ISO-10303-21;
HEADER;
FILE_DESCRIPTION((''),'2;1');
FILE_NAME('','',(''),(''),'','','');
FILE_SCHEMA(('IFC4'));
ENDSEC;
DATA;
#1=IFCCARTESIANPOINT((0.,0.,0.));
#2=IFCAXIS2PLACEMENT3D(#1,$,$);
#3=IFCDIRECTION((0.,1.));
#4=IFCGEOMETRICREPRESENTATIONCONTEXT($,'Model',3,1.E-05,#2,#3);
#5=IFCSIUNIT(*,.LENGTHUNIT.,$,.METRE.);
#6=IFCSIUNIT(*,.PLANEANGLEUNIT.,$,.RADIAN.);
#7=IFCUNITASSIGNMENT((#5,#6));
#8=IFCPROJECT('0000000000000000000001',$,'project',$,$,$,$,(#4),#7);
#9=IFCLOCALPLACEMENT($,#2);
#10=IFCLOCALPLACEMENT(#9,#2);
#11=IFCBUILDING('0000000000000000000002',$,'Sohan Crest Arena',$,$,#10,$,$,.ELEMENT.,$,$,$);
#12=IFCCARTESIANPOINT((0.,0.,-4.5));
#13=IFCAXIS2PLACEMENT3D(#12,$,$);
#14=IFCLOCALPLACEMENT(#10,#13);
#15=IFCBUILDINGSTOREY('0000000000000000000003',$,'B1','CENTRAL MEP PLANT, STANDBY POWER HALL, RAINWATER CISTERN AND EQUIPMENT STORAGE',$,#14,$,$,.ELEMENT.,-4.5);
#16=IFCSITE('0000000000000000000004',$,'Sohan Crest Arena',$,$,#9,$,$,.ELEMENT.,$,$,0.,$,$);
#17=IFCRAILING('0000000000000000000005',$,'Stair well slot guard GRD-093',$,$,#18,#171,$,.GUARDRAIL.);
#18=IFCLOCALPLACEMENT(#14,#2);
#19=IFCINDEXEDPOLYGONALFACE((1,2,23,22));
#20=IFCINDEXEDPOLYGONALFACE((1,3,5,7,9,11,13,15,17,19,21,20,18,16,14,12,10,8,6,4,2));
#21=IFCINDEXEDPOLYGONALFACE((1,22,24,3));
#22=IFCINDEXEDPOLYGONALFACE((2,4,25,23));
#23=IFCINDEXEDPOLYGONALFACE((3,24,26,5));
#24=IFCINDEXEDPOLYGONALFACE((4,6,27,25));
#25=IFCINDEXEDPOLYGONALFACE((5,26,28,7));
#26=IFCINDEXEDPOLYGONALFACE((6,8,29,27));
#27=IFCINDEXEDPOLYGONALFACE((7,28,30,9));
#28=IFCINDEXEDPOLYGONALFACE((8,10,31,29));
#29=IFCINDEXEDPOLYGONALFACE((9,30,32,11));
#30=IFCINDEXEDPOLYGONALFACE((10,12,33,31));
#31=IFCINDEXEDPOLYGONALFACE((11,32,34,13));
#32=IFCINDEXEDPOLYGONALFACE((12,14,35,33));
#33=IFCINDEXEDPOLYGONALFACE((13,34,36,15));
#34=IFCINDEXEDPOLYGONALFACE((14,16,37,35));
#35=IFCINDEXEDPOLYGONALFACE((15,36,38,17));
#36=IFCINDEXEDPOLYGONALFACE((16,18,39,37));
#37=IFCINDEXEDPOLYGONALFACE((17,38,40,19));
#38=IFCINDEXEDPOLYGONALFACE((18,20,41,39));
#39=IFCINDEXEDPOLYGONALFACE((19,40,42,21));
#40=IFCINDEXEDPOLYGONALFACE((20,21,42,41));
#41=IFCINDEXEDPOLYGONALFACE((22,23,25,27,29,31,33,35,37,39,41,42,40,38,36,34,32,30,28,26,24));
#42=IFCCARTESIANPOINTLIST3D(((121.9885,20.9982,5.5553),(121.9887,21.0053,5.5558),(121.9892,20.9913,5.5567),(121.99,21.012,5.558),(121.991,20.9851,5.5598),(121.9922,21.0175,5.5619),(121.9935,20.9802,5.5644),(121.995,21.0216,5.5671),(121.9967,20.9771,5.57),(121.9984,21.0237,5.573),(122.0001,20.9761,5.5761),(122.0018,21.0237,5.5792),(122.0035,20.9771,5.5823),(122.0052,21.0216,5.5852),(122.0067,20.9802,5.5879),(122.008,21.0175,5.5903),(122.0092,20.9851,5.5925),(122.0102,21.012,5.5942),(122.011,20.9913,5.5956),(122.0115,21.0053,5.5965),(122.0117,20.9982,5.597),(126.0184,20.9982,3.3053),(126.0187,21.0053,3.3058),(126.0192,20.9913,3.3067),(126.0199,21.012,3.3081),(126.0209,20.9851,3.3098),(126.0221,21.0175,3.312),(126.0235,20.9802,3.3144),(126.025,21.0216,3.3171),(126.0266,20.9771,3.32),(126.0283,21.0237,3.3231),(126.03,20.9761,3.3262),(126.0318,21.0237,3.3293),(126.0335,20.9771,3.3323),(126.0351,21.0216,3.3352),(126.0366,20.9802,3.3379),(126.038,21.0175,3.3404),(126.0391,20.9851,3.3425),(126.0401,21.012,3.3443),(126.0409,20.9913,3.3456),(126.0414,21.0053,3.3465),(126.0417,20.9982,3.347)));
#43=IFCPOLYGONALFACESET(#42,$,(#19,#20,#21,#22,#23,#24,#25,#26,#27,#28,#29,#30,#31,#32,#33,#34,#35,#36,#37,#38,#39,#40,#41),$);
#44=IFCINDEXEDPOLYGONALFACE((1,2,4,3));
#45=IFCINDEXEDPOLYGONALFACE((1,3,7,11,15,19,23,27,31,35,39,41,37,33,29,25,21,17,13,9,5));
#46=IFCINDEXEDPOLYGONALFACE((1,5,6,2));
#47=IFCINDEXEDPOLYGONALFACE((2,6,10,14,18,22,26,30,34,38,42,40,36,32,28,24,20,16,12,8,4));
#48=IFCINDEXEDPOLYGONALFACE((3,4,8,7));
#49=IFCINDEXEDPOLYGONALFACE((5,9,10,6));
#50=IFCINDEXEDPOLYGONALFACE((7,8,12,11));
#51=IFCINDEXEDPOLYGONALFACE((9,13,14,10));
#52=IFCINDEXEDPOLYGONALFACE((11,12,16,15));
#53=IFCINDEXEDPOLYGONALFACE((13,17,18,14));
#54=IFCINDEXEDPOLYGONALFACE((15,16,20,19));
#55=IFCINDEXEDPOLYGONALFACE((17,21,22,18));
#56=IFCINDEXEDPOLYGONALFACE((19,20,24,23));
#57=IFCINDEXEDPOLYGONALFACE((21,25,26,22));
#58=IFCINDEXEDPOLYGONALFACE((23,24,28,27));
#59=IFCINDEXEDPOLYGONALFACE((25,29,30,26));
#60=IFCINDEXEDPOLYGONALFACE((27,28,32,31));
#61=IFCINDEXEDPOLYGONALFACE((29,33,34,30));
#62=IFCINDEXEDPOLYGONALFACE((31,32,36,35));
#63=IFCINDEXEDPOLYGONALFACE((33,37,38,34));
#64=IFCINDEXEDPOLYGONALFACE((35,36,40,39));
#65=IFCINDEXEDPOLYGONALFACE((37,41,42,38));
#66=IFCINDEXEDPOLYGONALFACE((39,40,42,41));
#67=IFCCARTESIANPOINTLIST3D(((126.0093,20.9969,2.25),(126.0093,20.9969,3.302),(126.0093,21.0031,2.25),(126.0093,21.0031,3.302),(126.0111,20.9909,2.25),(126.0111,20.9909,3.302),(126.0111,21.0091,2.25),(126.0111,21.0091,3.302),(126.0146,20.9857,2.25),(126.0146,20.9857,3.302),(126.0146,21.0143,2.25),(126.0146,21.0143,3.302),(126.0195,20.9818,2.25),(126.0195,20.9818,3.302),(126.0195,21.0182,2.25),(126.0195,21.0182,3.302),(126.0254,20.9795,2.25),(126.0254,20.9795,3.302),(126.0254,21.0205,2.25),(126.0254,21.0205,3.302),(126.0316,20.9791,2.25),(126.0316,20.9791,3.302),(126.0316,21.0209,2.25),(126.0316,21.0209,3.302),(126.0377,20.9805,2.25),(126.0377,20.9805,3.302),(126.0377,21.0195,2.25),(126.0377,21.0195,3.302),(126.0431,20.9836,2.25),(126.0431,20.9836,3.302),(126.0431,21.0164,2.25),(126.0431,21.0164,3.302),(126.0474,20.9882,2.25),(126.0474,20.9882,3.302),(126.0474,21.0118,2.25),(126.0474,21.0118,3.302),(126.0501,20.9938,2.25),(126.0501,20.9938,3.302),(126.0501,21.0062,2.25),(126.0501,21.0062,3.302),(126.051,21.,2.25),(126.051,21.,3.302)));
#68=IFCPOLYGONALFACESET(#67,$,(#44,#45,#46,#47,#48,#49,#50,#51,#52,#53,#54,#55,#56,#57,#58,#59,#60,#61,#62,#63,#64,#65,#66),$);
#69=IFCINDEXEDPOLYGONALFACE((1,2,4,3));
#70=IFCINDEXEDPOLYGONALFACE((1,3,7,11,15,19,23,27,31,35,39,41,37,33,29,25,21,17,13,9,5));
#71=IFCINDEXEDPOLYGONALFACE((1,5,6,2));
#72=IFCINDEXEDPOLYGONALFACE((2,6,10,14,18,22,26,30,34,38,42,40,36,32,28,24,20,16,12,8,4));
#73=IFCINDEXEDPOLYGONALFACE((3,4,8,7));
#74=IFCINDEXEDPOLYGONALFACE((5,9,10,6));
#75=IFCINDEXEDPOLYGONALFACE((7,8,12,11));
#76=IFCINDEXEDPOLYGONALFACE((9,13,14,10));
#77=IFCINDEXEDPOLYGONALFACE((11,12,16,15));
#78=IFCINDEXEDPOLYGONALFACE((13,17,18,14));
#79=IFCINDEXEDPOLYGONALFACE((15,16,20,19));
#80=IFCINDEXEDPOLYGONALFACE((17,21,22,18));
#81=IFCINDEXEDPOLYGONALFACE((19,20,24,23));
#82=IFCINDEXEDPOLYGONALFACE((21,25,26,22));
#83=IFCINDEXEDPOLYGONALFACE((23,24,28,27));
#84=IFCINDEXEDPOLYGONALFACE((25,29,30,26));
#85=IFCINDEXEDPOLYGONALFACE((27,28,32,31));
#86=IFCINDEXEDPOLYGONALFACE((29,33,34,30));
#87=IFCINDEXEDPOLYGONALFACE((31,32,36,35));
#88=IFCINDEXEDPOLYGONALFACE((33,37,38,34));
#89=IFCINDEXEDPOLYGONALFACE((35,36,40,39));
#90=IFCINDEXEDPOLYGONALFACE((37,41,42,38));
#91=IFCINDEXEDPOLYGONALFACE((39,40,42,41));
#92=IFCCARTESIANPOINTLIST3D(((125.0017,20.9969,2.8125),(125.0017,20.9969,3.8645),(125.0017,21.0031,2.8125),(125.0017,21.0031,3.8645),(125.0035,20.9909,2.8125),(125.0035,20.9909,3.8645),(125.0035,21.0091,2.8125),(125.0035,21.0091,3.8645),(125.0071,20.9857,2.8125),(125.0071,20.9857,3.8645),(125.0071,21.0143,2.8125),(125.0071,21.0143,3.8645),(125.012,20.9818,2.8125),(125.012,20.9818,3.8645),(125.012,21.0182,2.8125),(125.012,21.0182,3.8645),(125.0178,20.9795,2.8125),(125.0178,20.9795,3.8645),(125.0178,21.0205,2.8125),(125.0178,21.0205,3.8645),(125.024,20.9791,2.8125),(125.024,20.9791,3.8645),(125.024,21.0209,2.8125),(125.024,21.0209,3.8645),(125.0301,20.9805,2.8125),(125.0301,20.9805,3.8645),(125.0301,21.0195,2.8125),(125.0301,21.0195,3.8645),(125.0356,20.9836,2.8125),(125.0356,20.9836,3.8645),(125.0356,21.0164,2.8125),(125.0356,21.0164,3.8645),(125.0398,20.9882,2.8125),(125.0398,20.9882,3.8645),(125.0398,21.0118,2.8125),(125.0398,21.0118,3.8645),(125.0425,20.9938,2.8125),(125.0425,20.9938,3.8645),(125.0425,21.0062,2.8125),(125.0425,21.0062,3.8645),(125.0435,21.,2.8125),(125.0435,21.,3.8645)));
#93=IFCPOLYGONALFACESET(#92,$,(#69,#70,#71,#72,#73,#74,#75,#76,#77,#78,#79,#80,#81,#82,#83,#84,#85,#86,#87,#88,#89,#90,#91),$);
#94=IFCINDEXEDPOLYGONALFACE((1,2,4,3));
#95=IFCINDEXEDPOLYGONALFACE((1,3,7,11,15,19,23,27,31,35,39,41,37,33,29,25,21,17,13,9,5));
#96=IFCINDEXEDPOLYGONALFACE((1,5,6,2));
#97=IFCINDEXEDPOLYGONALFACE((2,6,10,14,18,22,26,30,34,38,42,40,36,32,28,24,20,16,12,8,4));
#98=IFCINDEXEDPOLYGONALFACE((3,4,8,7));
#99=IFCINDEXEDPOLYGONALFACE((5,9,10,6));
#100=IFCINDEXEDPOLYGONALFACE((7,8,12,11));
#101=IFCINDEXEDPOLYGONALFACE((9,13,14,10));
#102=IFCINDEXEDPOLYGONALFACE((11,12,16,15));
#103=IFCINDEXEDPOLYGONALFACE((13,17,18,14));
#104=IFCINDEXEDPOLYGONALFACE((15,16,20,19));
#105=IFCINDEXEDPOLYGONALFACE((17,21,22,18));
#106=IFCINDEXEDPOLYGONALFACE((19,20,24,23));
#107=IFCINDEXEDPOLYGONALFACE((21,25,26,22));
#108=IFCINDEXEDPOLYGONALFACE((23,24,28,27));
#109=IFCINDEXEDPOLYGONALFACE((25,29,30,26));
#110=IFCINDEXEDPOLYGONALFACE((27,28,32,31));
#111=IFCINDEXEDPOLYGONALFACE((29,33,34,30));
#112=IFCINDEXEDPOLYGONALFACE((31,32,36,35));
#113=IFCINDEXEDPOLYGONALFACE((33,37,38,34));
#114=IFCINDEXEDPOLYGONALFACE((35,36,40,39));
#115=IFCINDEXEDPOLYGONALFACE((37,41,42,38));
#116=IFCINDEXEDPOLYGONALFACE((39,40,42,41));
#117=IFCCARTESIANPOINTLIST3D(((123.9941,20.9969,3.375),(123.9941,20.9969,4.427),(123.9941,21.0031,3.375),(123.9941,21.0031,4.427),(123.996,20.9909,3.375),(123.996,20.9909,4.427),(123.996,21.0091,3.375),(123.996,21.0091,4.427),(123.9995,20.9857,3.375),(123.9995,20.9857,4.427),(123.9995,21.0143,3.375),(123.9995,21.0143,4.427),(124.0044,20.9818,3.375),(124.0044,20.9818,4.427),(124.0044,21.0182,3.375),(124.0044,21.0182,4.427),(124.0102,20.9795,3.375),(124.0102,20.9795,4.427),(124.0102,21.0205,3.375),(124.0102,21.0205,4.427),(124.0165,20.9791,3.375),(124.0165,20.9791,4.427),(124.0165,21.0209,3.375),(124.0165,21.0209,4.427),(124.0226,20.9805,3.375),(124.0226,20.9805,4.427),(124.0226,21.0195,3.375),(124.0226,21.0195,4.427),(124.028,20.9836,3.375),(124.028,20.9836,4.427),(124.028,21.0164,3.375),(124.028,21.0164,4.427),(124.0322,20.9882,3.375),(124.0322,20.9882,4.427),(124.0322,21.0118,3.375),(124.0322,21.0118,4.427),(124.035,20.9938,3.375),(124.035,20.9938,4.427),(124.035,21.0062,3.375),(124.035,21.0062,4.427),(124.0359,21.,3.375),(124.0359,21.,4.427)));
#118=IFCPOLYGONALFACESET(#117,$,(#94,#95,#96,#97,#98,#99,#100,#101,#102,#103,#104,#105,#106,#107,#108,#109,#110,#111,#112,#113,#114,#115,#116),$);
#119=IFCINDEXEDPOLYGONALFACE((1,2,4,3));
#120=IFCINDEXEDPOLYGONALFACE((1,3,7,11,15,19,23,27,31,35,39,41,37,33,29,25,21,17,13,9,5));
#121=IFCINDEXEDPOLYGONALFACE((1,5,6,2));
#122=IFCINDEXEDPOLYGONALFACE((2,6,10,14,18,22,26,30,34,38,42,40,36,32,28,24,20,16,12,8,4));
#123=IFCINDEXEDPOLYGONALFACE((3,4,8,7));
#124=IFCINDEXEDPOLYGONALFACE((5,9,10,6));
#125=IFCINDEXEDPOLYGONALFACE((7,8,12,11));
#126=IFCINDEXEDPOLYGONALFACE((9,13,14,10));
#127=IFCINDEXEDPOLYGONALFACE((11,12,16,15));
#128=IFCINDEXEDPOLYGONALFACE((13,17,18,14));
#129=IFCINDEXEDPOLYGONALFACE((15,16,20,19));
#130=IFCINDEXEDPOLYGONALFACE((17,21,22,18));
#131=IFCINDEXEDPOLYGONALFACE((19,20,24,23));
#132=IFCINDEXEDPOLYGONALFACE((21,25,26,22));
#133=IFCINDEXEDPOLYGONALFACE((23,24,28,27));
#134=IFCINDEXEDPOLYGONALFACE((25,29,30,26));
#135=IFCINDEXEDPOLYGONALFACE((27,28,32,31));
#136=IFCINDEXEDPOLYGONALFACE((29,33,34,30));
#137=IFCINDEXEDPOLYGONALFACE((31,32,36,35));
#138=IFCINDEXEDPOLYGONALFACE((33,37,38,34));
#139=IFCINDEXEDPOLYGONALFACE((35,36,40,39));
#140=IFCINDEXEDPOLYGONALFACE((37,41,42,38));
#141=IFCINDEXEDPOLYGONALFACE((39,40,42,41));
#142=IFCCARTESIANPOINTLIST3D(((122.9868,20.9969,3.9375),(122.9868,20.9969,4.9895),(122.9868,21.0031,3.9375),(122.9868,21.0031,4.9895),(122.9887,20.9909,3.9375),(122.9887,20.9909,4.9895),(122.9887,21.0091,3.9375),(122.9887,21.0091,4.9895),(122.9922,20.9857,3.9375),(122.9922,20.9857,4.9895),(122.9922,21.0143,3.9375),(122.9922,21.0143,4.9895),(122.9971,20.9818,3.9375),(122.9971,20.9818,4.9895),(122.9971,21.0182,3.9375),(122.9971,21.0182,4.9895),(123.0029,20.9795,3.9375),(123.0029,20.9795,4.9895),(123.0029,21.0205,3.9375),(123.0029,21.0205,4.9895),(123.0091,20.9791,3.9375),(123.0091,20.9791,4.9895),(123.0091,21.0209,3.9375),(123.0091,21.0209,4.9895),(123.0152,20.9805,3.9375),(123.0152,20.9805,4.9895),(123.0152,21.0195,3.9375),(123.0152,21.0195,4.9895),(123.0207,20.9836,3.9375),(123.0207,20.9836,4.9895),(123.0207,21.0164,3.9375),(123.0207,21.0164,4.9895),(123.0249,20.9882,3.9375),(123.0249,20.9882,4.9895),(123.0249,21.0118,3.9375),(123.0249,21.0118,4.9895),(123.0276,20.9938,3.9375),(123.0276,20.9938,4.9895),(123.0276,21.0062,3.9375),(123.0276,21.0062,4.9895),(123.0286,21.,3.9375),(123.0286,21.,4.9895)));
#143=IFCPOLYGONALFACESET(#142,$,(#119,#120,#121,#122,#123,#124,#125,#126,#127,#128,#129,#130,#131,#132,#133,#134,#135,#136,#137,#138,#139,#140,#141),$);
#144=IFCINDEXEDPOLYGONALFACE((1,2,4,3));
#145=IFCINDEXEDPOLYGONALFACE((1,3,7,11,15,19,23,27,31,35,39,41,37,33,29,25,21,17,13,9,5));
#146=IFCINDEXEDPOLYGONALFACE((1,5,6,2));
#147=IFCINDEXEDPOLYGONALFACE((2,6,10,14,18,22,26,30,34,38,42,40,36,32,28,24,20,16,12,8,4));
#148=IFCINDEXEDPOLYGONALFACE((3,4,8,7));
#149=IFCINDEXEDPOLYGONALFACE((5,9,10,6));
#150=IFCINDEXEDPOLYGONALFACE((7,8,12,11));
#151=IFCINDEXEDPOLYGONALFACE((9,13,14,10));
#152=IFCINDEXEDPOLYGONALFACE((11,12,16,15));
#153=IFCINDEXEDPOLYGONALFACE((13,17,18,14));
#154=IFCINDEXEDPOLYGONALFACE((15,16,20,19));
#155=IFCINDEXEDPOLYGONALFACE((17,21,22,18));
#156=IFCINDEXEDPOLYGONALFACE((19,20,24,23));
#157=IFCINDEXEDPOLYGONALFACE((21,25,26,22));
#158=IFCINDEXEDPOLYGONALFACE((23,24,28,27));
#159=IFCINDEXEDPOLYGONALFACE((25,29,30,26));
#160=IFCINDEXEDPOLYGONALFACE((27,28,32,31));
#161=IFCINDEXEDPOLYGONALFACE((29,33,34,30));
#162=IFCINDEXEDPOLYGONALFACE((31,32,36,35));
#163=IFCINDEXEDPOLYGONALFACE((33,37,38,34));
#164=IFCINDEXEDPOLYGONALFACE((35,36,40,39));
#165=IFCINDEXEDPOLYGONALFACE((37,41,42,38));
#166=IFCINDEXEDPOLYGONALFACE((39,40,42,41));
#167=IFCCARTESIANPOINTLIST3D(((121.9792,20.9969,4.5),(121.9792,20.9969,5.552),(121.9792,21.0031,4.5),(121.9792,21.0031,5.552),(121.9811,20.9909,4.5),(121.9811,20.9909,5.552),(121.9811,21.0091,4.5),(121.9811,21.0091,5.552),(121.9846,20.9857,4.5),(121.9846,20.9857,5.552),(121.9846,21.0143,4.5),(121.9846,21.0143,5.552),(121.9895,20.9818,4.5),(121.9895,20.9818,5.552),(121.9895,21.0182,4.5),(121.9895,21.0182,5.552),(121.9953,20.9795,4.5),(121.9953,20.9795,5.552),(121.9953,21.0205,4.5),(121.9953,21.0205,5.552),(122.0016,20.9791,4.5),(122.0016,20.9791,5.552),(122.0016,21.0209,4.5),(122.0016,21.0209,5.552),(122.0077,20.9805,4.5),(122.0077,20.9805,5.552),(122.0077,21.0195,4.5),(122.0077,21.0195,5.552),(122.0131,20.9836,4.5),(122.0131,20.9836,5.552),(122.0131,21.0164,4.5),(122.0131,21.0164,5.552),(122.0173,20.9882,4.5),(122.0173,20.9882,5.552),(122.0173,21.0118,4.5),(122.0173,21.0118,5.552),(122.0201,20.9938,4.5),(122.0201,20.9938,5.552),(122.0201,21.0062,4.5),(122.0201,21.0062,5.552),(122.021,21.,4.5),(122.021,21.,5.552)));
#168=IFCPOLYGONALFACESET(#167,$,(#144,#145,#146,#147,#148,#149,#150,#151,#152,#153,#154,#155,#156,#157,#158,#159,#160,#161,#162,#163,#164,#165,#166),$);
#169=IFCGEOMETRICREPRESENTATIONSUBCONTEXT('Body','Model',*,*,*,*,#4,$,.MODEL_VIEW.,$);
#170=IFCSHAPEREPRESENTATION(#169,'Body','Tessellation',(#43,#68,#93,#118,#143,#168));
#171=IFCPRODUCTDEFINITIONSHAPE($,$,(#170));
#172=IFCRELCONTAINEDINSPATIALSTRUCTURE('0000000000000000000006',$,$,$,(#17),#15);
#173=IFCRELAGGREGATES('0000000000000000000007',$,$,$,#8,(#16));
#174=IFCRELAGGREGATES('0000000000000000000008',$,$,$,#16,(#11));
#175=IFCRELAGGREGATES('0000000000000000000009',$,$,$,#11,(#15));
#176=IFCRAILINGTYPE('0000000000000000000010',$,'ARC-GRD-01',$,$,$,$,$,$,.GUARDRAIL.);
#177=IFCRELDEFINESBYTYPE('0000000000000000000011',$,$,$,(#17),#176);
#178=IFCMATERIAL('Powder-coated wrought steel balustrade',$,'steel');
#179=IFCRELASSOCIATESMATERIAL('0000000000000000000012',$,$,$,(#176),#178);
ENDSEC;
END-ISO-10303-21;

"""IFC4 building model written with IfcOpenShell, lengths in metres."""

from ifc_helpers import new_model, si_unit, direction, frame, origin, origin_2d, place, context, subcontext, project, spatial, circle, extrude, material, type_object, element, save


model = new_model("IFC4")

# Units and contexts
model_context = context("Model", 3, precision=1e-05, world=origin(), true_north=direction((0.0, 1.0)))
body_context = subcontext(model_context, "Body", "Model", "MODEL_VIEW")
ifc_project = project(units=[si_unit("LENGTHUNIT", "METRE"), si_unit("PLANEANGLEUNIT", "RADIAN")], contexts=[model_context])

# Site, building, storey
site_placement = place(None, origin())
site = spatial("IfcSite", under=ifc_project, at=site_placement, Name="Sohan Crest Arena", CompositionType="ELEMENT", RefElevation=0.0)
building_placement = place(site_placement, origin())
building = spatial("IfcBuilding", under=site, at=building_placement, Name="Sohan Crest Arena", CompositionType="ELEMENT")
storey_placement = place(building_placement, frame((0.0, 0.0, -4.5)))
storey = spatial("IfcBuildingStorey", under=building, at=storey_placement, Name="B1", Description="CENTRAL MEP PLANT, STANDBY POWER HALL, RAINWATER CISTERN AND EQUIPMENT STORAGE", CompositionType="ELEMENT", Elevation=-4.5)

# Railing
ifc_material_1 = material(Name="Powder-coated wrought steel balustrade", Category="steel")
railing_type_1 = type_object("IfcRailingType", Name="ARC-GRD-01", PredefinedType="GUARDRAIL", material=ifc_material_1)
railing_1_placement = place(storey_placement, frame((126.03, 21.0, 2.25)))
element("IfcRailing", 1, at=railing_1_placement, inside=storey, type_object=railing_type_1, Name="Stair well slot guard GRD-093", PredefinedType="GUARDRAIL", context=body_context, shape_type="SweptSolid", body=[
    extrude(circle(Radius=0.0239, at=origin_2d()), frame((0.0, 0.0, 1.0762), z_axis=(-0.873135, 0.0, 0.487479), x_axis=(0.0, -1.0, 0.0)), (0.0, 0.0, 1.0), 4.6155),
    extrude(circle(Radius=0.021, at=origin_2d()), origin(), (0.0, 0.0, 1.0), 1.052),
    extrude(circle(Radius=0.021, at=origin_2d()), frame((-1.0076, 0.0, 0.5625)), (0.0, 0.0, 1.0), 1.052),
    extrude(circle(Radius=0.021, at=origin_2d()), frame((-2.0151, 0.0, 1.125)), (0.0, 0.0, 1.0), 1.052),
    extrude(circle(Radius=0.021, at=origin_2d()), frame((-3.0225, 0.0, 1.6875)), (0.0, 0.0, 1.0), 1.052),
    extrude(circle(Radius=0.021, at=origin_2d()), frame((-4.03, 0.0, 2.25)), (0.0, 0.0, 1.0), 1.052),
])

save(model, "model.ifc")
